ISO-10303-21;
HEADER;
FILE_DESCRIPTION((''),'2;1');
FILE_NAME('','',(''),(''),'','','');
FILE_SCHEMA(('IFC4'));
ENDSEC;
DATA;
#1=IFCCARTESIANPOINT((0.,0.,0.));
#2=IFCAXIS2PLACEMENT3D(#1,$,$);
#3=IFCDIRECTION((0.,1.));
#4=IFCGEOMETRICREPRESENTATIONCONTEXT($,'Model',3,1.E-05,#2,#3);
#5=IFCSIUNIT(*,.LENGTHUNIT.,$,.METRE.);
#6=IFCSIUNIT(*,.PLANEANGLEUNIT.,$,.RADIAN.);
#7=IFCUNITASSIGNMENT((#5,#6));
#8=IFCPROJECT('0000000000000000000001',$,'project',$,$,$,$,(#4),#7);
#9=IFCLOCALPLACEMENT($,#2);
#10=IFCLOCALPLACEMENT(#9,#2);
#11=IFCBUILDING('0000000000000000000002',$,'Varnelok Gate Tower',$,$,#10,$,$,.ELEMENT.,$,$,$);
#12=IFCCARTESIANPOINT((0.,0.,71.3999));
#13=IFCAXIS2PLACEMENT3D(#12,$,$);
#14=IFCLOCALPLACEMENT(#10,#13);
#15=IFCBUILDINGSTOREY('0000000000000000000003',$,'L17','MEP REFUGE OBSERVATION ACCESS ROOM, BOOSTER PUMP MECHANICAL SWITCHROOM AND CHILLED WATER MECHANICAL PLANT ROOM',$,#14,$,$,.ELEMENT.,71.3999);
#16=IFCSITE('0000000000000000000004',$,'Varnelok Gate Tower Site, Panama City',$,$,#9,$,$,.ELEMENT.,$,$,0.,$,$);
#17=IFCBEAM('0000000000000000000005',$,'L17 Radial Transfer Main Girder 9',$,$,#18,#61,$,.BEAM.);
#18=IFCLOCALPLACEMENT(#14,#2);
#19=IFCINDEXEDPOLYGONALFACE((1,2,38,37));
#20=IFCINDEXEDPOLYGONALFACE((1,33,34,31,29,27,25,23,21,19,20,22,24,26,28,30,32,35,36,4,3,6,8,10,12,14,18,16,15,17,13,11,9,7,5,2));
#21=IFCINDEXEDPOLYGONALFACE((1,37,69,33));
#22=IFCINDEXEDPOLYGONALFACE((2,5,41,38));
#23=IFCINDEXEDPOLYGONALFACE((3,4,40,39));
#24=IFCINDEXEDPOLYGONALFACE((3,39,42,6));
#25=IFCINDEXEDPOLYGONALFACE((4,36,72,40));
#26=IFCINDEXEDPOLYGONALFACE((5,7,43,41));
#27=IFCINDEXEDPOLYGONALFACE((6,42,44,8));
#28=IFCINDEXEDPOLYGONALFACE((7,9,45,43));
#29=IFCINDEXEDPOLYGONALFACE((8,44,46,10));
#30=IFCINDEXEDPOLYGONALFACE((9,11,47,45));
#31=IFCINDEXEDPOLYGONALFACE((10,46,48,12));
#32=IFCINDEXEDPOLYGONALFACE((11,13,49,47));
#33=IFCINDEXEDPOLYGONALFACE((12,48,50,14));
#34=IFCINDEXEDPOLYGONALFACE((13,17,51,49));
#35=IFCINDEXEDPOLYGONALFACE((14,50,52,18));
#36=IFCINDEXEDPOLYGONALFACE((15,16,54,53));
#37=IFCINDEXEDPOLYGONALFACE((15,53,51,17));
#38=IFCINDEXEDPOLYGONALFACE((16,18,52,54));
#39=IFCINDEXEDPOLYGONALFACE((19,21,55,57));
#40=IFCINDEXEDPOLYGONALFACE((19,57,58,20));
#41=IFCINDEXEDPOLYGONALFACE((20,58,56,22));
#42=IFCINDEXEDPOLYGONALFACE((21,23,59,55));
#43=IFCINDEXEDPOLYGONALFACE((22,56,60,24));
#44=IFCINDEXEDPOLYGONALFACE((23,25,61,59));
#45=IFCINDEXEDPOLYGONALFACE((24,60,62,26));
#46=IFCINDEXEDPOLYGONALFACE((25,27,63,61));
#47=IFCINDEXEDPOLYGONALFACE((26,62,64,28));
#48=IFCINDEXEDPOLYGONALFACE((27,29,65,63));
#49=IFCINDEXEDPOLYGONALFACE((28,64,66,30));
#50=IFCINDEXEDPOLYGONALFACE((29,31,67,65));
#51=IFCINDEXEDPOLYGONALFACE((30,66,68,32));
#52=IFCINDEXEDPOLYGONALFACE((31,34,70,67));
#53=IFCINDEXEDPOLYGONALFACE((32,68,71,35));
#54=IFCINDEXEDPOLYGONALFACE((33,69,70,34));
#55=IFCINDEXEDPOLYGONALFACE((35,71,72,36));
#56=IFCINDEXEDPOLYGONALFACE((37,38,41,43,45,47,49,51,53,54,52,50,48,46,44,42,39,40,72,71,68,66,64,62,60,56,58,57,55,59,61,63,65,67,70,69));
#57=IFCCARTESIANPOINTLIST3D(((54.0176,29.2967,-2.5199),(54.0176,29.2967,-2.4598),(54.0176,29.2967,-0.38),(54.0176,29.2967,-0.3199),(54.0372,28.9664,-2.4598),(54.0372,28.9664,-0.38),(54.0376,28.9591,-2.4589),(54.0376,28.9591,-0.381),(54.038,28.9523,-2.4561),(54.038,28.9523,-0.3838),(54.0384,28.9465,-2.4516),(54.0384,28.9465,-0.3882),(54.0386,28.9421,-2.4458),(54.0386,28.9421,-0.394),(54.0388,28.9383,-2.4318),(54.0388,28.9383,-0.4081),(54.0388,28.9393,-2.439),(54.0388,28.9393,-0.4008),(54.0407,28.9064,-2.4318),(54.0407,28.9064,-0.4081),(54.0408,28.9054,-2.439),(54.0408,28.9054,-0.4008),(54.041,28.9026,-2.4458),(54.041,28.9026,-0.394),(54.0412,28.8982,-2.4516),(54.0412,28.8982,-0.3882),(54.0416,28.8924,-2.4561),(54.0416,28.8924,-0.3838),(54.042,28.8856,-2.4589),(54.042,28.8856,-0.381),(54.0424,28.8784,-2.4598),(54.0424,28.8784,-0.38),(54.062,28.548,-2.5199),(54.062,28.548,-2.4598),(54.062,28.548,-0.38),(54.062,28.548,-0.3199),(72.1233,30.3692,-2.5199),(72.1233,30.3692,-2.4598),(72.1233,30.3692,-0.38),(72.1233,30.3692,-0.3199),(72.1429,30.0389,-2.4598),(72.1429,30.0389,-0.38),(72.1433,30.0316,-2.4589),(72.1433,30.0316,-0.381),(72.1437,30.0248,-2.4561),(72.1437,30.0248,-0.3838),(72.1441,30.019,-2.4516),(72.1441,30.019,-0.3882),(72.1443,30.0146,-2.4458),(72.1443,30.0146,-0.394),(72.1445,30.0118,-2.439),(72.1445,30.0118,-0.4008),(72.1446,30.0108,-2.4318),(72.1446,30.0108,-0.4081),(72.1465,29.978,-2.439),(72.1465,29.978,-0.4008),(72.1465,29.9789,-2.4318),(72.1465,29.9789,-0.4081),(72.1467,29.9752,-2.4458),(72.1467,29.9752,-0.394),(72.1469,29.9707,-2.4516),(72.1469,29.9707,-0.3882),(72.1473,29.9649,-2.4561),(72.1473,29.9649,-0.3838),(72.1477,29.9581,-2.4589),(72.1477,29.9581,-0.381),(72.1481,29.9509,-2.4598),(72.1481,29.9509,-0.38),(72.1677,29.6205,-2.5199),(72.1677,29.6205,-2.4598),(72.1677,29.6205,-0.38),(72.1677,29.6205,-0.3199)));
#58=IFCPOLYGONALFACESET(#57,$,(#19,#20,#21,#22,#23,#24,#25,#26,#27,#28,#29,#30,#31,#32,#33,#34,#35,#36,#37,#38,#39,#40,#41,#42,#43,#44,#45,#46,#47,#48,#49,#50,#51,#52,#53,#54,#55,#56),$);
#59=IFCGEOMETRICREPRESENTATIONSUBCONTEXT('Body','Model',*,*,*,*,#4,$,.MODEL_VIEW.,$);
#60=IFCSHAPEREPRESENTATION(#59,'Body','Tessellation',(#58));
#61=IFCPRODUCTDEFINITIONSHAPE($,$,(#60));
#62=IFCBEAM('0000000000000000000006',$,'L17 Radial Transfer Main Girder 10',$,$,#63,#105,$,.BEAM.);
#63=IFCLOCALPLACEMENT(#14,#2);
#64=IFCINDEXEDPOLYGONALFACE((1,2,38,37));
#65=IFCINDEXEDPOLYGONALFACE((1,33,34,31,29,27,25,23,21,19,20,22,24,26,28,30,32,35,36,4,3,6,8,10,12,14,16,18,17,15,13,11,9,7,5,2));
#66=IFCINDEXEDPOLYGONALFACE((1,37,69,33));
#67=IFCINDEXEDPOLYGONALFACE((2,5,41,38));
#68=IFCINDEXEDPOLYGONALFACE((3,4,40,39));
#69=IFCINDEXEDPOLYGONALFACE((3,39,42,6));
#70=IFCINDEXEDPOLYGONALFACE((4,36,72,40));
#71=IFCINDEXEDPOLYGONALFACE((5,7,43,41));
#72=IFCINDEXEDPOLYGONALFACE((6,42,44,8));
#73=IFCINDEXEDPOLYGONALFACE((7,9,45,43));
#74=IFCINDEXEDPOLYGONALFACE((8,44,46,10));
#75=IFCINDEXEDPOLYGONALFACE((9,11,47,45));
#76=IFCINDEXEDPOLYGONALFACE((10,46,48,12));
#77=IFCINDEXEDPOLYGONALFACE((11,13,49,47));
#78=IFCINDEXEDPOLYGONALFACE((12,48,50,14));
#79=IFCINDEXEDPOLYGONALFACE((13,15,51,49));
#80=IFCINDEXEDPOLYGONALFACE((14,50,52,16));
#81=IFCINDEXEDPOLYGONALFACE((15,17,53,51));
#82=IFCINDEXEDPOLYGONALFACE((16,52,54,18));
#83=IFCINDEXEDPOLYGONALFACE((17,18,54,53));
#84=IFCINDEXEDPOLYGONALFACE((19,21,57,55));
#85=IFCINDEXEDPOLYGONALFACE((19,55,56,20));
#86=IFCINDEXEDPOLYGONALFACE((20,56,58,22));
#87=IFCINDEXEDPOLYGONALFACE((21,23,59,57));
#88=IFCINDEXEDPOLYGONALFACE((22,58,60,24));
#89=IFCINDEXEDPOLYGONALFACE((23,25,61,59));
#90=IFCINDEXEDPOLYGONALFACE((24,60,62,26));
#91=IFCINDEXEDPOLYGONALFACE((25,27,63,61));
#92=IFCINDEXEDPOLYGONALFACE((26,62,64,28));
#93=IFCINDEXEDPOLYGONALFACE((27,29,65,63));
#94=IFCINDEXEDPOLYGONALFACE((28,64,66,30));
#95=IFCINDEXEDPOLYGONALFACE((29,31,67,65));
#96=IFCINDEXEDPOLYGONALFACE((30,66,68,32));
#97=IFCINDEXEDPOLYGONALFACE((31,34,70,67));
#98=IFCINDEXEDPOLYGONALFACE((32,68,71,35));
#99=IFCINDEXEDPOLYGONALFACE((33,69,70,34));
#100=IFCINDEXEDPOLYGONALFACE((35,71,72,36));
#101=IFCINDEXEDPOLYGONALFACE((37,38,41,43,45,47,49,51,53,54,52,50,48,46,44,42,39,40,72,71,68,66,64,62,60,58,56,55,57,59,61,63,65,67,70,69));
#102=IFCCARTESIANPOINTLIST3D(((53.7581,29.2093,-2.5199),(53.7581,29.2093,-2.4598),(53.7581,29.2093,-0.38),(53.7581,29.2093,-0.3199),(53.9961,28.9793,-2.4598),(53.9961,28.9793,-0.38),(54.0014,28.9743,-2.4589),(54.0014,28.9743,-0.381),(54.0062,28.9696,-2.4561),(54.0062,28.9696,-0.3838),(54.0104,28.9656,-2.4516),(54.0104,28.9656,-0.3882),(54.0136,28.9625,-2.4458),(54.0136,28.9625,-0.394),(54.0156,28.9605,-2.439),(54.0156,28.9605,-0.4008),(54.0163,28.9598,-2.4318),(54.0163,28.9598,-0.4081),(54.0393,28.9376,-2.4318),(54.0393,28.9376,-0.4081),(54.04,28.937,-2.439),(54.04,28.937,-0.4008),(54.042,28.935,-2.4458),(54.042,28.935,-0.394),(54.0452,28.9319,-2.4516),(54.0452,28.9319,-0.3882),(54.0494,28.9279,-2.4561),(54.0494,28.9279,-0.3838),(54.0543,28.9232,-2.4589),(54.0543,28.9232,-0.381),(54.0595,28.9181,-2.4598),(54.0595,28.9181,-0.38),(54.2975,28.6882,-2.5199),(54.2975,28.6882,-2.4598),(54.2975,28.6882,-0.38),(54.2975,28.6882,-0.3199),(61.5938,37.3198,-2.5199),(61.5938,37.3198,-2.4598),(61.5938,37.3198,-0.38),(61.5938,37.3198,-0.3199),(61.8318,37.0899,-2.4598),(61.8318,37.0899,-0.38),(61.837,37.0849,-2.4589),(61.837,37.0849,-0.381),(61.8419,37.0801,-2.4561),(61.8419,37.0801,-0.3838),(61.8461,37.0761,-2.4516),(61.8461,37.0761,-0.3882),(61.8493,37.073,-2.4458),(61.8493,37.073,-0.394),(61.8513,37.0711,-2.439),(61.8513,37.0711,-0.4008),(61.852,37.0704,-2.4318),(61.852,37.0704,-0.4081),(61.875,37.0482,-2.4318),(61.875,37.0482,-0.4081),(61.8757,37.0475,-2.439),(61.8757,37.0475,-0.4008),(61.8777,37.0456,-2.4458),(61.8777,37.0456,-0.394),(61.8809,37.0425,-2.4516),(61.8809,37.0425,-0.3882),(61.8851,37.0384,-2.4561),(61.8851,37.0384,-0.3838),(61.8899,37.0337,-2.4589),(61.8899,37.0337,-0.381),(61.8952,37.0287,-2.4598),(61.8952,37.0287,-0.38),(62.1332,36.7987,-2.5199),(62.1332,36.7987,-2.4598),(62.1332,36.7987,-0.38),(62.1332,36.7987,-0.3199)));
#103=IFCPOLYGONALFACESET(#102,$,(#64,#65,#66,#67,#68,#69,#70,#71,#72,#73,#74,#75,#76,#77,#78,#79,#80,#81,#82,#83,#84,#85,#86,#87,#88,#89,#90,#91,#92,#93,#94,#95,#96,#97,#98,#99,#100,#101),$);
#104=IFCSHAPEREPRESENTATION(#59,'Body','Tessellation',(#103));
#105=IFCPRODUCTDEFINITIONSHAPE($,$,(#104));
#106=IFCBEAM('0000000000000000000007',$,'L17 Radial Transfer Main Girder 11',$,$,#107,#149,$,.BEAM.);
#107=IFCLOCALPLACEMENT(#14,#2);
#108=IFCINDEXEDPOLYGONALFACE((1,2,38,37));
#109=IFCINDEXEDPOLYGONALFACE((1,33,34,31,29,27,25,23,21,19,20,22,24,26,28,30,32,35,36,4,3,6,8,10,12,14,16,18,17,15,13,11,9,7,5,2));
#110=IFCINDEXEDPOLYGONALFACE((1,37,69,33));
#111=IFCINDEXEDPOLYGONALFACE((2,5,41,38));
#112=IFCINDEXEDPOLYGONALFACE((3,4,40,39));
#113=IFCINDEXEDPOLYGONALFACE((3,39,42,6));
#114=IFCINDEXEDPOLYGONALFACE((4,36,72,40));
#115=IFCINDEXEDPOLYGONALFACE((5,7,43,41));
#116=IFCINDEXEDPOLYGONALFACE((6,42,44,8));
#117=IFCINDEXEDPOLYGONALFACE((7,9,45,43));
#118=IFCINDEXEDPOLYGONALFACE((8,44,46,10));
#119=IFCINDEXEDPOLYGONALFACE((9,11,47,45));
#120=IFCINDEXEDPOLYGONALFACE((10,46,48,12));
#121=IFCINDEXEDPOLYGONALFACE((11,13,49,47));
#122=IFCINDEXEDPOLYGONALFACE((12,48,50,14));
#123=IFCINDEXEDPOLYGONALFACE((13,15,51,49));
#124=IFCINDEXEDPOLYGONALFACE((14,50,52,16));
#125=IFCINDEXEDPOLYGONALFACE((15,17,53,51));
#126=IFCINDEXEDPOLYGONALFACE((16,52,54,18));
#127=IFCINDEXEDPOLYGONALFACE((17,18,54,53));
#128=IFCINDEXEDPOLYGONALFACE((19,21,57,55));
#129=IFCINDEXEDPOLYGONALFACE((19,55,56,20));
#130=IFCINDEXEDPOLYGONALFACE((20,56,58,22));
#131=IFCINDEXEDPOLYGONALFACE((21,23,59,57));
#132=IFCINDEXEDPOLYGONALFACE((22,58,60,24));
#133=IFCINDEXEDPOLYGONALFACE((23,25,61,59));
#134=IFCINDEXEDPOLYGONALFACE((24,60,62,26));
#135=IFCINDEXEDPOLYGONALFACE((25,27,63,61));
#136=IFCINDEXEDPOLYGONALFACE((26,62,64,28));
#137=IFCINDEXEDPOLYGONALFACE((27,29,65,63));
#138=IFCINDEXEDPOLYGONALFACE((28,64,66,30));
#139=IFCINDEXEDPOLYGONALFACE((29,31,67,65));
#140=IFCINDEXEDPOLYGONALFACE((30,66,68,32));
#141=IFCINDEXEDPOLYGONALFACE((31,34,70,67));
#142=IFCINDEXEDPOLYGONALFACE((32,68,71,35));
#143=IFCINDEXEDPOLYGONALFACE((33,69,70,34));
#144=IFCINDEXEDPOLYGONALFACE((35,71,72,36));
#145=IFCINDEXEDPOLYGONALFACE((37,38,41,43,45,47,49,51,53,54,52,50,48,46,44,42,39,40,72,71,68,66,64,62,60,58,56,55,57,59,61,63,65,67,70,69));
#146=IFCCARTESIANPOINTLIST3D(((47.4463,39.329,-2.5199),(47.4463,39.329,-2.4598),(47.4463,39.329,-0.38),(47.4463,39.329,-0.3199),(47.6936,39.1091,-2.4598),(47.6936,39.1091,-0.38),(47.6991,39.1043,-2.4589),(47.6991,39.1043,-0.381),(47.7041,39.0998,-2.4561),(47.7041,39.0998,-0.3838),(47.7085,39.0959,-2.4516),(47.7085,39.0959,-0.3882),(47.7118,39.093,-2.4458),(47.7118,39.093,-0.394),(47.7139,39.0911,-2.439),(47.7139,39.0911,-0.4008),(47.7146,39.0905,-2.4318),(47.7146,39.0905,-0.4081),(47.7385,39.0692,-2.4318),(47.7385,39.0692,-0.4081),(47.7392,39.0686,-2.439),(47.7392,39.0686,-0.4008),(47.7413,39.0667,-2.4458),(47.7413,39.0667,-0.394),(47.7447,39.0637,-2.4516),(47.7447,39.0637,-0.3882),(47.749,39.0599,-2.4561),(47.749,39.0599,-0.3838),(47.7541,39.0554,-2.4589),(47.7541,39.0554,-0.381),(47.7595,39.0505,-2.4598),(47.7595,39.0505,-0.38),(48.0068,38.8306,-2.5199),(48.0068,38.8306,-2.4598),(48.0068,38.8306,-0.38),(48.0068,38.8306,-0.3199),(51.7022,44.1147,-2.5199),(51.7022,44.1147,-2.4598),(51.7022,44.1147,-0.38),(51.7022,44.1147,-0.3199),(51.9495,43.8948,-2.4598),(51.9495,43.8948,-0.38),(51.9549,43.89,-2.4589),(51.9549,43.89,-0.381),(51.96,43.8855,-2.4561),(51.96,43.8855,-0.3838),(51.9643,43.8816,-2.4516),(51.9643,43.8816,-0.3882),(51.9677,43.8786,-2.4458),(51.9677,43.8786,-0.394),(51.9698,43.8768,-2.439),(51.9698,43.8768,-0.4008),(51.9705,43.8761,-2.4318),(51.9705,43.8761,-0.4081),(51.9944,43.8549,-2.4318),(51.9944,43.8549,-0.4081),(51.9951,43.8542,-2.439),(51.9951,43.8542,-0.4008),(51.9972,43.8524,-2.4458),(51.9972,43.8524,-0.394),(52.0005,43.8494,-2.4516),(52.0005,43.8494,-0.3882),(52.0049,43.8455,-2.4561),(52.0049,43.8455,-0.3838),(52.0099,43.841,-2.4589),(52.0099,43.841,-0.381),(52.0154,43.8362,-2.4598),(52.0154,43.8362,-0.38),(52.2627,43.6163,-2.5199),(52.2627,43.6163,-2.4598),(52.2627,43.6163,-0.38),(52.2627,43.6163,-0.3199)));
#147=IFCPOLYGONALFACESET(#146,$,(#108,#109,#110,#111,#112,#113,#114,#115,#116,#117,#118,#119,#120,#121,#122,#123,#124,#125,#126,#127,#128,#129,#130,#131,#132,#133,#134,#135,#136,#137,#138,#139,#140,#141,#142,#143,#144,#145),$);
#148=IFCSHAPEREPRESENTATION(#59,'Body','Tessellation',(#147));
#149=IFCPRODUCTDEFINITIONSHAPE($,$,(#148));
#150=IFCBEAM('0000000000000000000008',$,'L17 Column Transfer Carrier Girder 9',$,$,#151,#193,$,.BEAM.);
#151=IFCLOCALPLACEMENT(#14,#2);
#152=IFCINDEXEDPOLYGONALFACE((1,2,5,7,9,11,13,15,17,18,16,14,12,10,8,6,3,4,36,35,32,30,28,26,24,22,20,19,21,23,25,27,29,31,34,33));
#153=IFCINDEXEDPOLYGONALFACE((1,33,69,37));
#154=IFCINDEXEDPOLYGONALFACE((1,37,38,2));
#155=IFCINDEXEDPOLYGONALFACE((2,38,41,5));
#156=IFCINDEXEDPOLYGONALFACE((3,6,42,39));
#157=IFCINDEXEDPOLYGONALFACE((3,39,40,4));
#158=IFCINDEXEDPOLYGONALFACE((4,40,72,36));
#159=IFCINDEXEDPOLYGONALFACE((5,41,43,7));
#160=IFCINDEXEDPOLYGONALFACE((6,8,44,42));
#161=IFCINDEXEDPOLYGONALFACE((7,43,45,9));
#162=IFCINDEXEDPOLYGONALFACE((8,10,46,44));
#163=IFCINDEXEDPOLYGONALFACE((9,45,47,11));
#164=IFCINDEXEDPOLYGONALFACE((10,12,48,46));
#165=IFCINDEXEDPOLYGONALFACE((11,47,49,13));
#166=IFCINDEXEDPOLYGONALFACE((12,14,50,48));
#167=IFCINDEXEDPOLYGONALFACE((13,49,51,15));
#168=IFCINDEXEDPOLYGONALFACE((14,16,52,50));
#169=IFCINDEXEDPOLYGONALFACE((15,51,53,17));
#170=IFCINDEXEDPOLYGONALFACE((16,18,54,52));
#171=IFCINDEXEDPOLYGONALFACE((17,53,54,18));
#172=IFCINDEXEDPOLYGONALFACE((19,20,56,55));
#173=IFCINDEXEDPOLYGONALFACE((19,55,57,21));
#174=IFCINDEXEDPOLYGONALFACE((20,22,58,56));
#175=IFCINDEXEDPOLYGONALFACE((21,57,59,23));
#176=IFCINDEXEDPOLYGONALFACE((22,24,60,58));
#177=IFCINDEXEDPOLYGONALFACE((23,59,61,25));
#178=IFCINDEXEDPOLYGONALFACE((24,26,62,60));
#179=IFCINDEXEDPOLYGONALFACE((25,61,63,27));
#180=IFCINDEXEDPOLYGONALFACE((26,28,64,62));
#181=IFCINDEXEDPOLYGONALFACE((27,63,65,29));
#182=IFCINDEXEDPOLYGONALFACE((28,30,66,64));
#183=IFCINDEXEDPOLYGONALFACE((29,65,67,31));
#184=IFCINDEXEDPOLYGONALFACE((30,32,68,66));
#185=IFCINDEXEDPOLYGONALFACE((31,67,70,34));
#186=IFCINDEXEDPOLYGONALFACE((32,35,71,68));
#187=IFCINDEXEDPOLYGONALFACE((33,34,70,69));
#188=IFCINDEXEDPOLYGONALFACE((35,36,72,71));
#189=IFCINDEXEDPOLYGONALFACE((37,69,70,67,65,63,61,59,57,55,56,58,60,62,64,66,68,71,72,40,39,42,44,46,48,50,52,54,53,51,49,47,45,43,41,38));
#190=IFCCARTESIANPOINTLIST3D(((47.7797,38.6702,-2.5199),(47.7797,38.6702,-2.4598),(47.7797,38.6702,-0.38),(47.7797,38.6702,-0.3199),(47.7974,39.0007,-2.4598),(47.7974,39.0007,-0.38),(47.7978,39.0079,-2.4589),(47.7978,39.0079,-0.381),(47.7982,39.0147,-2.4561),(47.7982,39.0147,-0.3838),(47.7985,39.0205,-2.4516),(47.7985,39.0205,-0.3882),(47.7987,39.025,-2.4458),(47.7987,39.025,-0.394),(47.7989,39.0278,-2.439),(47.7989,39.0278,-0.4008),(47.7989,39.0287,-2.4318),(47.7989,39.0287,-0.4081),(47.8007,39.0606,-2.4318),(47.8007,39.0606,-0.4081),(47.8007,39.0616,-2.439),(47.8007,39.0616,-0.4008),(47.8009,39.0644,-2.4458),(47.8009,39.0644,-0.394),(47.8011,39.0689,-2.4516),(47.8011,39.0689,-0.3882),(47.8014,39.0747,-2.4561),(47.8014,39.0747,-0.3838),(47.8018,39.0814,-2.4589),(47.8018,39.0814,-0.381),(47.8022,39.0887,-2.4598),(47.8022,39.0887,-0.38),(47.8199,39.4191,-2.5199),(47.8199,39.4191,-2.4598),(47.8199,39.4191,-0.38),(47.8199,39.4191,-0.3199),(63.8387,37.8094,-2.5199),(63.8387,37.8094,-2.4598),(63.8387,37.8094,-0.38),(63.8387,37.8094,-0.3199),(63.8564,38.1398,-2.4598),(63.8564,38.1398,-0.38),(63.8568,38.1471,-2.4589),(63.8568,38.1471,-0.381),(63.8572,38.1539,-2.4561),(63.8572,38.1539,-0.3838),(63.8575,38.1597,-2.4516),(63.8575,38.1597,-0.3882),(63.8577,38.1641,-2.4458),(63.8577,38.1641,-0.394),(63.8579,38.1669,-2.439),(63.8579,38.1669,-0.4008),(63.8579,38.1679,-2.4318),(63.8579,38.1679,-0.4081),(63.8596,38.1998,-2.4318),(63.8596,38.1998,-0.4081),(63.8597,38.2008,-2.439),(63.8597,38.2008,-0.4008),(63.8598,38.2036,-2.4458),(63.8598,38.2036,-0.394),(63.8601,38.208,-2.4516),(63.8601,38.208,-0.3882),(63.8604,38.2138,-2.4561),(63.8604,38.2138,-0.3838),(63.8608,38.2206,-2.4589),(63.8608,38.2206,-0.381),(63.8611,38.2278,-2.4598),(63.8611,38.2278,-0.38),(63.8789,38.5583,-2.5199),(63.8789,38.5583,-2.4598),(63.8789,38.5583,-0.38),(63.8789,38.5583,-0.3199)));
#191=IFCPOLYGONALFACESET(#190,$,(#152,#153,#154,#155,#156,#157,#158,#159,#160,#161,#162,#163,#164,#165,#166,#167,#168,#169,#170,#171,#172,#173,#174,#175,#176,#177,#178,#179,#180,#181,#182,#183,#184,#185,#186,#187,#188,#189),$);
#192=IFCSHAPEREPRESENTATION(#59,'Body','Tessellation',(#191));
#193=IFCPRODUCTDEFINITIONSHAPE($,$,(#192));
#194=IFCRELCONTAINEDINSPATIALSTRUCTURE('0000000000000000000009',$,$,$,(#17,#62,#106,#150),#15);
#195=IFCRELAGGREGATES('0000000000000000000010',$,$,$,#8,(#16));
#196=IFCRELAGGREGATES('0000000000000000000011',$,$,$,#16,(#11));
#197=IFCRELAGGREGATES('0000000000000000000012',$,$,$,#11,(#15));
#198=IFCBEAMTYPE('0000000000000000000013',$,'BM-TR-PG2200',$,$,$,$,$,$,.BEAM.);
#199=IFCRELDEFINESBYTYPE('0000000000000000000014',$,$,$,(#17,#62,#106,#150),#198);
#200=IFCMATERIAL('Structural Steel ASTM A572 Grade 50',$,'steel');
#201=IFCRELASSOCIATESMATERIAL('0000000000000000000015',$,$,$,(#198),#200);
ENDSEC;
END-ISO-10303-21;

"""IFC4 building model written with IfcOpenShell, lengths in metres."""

from ifc_helpers import new_model, si_unit, direction, frame, origin, origin_2d, place, context, subcontext, project, spatial, i_section, extrude, material, material_profile, profile_set, type_object, element, save


model = new_model("IFC4")

# Units and contexts
model_context = context("Model", 3, precision=1e-05, world=origin(), true_north=direction((0.0, 1.0)))
body_context = subcontext(model_context, "Body", "Model", "MODEL_VIEW")
ifc_project = project(units=[si_unit("LENGTHUNIT", "METRE"), si_unit("PLANEANGLEUNIT", "RADIAN")], contexts=[model_context])

# Site, building, storey
site_placement = place(None, origin())
site = spatial("IfcSite", under=ifc_project, at=site_placement, Name="Varnelok Gate Tower Site, Panama City", CompositionType="ELEMENT", RefElevation=0.0)
building_placement = place(site_placement, origin())
building = spatial("IfcBuilding", under=site, at=building_placement, Name="Varnelok Gate Tower", CompositionType="ELEMENT")
storey_placement = place(building_placement, frame((0.0, 0.0, 71.3999)))
storey = spatial("IfcBuildingStorey", under=building, at=storey_placement, Name="L17", Description="MEP REFUGE OBSERVATION ACCESS ROOM, BOOSTER PUMP MECHANICAL SWITCHROOM AND CHILLED WATER MECHANICAL PLANT ROOM", CompositionType="ELEMENT", Elevation=71.3999)

# Beams
ifc_material_1 = material(Name="Structural Steel ASTM A572 Grade 50", Category="steel")
ifc_material_profile_1 = material_profile(ifc_material_1, i_section(OverallWidth=0.75, OverallDepth=2.2, WebThickness=0.032, FlangeThickness=0.0601, FilletRadius=0.0281, at=origin_2d()), Name="PG2200X750")
ifc_profile_set_1 = profile_set([ifc_material_profile_1], Name="Structural Steel ASTM A572 Grade 50")
beam_type_1 = type_object("IfcBeamType", Name="BM-TR-PG2200", PredefinedType="BEAM", material=ifc_profile_set_1)
beam_1_placement = place(storey_placement, frame((54.0398, 28.9224, -1.4199), z_axis=(0.99825, 0.059132, 0.0), x_axis=(-0.059132, 0.99825, 0.0)))
element("IfcBeam", 1, at=beam_1_placement, inside=storey, type_object=beam_type_1, Name="L17 Radial Transfer Main Girder 9", PredefinedType="BEAM", context=body_context, shape_type="SweptSolid", body=[
    extrude(i_section(OverallWidth=0.75, OverallDepth=2.2, WebThickness=0.032, FlangeThickness=0.0601, FilletRadius=0.0281, at=origin_2d()), origin(), (0.0, 0.0, 1.0), 18.1375),
])
beam_2_placement = place(storey_placement, frame((54.0278, 28.9487, -1.4199), z_axis=(0.694814, 0.71919, 0.0), x_axis=(-0.71919, 0.694814, 0.0)))
element("IfcBeam", 2, at=beam_2_placement, inside=storey, type_object=beam_type_1, Name="L17 Radial Transfer Main Girder 10", PredefinedType="BEAM", context=body_context, shape_type="SweptSolid", body=[
    extrude(i_section(OverallWidth=0.75, OverallDepth=2.2, WebThickness=0.032, FlangeThickness=0.0601, FilletRadius=0.0281, at=origin_2d()), origin(), (0.0, 0.0, 1.0), 11.2773),
])
beam_3_placement = place(storey_placement, frame((47.7266, 39.0798, -1.4199), z_axis=(0.664534, 0.747258, 0.0), x_axis=(-0.747258, 0.664534, 0.0)))
element("IfcBeam", 3, at=beam_3_placement, inside=storey, type_object=beam_type_1, Name="L17 Radial Transfer Main Girder 11", PredefinedType="BEAM", context=body_context, shape_type="SweptSolid", body=[
    extrude(i_section(OverallWidth=0.75, OverallDepth=2.2, WebThickness=0.032, FlangeThickness=0.0601, FilletRadius=0.0281, at=origin_2d()), origin(), (0.0, 0.0, 1.0), 6.4043),
])
beam_4_placement = place(storey_placement, frame((47.7998, 39.0447, -1.4199), z_axis=(0.998566, -0.053528, 0.0), x_axis=(0.053528, 0.998566, 0.0)))
element("IfcBeam", 4, at=beam_4_placement, inside=storey, type_object=beam_type_1, Name="L17 Column Transfer Carrier Girder 9", PredefinedType="BEAM", context=body_context, shape_type="SweptSolid", body=[
    extrude(i_section(OverallWidth=0.75, OverallDepth=2.2, WebThickness=0.032, FlangeThickness=0.0601, FilletRadius=0.0281, at=origin_2d()), origin(), (0.0, 0.0, 1.0), 16.082),
])

save(model, "model.ifc")
